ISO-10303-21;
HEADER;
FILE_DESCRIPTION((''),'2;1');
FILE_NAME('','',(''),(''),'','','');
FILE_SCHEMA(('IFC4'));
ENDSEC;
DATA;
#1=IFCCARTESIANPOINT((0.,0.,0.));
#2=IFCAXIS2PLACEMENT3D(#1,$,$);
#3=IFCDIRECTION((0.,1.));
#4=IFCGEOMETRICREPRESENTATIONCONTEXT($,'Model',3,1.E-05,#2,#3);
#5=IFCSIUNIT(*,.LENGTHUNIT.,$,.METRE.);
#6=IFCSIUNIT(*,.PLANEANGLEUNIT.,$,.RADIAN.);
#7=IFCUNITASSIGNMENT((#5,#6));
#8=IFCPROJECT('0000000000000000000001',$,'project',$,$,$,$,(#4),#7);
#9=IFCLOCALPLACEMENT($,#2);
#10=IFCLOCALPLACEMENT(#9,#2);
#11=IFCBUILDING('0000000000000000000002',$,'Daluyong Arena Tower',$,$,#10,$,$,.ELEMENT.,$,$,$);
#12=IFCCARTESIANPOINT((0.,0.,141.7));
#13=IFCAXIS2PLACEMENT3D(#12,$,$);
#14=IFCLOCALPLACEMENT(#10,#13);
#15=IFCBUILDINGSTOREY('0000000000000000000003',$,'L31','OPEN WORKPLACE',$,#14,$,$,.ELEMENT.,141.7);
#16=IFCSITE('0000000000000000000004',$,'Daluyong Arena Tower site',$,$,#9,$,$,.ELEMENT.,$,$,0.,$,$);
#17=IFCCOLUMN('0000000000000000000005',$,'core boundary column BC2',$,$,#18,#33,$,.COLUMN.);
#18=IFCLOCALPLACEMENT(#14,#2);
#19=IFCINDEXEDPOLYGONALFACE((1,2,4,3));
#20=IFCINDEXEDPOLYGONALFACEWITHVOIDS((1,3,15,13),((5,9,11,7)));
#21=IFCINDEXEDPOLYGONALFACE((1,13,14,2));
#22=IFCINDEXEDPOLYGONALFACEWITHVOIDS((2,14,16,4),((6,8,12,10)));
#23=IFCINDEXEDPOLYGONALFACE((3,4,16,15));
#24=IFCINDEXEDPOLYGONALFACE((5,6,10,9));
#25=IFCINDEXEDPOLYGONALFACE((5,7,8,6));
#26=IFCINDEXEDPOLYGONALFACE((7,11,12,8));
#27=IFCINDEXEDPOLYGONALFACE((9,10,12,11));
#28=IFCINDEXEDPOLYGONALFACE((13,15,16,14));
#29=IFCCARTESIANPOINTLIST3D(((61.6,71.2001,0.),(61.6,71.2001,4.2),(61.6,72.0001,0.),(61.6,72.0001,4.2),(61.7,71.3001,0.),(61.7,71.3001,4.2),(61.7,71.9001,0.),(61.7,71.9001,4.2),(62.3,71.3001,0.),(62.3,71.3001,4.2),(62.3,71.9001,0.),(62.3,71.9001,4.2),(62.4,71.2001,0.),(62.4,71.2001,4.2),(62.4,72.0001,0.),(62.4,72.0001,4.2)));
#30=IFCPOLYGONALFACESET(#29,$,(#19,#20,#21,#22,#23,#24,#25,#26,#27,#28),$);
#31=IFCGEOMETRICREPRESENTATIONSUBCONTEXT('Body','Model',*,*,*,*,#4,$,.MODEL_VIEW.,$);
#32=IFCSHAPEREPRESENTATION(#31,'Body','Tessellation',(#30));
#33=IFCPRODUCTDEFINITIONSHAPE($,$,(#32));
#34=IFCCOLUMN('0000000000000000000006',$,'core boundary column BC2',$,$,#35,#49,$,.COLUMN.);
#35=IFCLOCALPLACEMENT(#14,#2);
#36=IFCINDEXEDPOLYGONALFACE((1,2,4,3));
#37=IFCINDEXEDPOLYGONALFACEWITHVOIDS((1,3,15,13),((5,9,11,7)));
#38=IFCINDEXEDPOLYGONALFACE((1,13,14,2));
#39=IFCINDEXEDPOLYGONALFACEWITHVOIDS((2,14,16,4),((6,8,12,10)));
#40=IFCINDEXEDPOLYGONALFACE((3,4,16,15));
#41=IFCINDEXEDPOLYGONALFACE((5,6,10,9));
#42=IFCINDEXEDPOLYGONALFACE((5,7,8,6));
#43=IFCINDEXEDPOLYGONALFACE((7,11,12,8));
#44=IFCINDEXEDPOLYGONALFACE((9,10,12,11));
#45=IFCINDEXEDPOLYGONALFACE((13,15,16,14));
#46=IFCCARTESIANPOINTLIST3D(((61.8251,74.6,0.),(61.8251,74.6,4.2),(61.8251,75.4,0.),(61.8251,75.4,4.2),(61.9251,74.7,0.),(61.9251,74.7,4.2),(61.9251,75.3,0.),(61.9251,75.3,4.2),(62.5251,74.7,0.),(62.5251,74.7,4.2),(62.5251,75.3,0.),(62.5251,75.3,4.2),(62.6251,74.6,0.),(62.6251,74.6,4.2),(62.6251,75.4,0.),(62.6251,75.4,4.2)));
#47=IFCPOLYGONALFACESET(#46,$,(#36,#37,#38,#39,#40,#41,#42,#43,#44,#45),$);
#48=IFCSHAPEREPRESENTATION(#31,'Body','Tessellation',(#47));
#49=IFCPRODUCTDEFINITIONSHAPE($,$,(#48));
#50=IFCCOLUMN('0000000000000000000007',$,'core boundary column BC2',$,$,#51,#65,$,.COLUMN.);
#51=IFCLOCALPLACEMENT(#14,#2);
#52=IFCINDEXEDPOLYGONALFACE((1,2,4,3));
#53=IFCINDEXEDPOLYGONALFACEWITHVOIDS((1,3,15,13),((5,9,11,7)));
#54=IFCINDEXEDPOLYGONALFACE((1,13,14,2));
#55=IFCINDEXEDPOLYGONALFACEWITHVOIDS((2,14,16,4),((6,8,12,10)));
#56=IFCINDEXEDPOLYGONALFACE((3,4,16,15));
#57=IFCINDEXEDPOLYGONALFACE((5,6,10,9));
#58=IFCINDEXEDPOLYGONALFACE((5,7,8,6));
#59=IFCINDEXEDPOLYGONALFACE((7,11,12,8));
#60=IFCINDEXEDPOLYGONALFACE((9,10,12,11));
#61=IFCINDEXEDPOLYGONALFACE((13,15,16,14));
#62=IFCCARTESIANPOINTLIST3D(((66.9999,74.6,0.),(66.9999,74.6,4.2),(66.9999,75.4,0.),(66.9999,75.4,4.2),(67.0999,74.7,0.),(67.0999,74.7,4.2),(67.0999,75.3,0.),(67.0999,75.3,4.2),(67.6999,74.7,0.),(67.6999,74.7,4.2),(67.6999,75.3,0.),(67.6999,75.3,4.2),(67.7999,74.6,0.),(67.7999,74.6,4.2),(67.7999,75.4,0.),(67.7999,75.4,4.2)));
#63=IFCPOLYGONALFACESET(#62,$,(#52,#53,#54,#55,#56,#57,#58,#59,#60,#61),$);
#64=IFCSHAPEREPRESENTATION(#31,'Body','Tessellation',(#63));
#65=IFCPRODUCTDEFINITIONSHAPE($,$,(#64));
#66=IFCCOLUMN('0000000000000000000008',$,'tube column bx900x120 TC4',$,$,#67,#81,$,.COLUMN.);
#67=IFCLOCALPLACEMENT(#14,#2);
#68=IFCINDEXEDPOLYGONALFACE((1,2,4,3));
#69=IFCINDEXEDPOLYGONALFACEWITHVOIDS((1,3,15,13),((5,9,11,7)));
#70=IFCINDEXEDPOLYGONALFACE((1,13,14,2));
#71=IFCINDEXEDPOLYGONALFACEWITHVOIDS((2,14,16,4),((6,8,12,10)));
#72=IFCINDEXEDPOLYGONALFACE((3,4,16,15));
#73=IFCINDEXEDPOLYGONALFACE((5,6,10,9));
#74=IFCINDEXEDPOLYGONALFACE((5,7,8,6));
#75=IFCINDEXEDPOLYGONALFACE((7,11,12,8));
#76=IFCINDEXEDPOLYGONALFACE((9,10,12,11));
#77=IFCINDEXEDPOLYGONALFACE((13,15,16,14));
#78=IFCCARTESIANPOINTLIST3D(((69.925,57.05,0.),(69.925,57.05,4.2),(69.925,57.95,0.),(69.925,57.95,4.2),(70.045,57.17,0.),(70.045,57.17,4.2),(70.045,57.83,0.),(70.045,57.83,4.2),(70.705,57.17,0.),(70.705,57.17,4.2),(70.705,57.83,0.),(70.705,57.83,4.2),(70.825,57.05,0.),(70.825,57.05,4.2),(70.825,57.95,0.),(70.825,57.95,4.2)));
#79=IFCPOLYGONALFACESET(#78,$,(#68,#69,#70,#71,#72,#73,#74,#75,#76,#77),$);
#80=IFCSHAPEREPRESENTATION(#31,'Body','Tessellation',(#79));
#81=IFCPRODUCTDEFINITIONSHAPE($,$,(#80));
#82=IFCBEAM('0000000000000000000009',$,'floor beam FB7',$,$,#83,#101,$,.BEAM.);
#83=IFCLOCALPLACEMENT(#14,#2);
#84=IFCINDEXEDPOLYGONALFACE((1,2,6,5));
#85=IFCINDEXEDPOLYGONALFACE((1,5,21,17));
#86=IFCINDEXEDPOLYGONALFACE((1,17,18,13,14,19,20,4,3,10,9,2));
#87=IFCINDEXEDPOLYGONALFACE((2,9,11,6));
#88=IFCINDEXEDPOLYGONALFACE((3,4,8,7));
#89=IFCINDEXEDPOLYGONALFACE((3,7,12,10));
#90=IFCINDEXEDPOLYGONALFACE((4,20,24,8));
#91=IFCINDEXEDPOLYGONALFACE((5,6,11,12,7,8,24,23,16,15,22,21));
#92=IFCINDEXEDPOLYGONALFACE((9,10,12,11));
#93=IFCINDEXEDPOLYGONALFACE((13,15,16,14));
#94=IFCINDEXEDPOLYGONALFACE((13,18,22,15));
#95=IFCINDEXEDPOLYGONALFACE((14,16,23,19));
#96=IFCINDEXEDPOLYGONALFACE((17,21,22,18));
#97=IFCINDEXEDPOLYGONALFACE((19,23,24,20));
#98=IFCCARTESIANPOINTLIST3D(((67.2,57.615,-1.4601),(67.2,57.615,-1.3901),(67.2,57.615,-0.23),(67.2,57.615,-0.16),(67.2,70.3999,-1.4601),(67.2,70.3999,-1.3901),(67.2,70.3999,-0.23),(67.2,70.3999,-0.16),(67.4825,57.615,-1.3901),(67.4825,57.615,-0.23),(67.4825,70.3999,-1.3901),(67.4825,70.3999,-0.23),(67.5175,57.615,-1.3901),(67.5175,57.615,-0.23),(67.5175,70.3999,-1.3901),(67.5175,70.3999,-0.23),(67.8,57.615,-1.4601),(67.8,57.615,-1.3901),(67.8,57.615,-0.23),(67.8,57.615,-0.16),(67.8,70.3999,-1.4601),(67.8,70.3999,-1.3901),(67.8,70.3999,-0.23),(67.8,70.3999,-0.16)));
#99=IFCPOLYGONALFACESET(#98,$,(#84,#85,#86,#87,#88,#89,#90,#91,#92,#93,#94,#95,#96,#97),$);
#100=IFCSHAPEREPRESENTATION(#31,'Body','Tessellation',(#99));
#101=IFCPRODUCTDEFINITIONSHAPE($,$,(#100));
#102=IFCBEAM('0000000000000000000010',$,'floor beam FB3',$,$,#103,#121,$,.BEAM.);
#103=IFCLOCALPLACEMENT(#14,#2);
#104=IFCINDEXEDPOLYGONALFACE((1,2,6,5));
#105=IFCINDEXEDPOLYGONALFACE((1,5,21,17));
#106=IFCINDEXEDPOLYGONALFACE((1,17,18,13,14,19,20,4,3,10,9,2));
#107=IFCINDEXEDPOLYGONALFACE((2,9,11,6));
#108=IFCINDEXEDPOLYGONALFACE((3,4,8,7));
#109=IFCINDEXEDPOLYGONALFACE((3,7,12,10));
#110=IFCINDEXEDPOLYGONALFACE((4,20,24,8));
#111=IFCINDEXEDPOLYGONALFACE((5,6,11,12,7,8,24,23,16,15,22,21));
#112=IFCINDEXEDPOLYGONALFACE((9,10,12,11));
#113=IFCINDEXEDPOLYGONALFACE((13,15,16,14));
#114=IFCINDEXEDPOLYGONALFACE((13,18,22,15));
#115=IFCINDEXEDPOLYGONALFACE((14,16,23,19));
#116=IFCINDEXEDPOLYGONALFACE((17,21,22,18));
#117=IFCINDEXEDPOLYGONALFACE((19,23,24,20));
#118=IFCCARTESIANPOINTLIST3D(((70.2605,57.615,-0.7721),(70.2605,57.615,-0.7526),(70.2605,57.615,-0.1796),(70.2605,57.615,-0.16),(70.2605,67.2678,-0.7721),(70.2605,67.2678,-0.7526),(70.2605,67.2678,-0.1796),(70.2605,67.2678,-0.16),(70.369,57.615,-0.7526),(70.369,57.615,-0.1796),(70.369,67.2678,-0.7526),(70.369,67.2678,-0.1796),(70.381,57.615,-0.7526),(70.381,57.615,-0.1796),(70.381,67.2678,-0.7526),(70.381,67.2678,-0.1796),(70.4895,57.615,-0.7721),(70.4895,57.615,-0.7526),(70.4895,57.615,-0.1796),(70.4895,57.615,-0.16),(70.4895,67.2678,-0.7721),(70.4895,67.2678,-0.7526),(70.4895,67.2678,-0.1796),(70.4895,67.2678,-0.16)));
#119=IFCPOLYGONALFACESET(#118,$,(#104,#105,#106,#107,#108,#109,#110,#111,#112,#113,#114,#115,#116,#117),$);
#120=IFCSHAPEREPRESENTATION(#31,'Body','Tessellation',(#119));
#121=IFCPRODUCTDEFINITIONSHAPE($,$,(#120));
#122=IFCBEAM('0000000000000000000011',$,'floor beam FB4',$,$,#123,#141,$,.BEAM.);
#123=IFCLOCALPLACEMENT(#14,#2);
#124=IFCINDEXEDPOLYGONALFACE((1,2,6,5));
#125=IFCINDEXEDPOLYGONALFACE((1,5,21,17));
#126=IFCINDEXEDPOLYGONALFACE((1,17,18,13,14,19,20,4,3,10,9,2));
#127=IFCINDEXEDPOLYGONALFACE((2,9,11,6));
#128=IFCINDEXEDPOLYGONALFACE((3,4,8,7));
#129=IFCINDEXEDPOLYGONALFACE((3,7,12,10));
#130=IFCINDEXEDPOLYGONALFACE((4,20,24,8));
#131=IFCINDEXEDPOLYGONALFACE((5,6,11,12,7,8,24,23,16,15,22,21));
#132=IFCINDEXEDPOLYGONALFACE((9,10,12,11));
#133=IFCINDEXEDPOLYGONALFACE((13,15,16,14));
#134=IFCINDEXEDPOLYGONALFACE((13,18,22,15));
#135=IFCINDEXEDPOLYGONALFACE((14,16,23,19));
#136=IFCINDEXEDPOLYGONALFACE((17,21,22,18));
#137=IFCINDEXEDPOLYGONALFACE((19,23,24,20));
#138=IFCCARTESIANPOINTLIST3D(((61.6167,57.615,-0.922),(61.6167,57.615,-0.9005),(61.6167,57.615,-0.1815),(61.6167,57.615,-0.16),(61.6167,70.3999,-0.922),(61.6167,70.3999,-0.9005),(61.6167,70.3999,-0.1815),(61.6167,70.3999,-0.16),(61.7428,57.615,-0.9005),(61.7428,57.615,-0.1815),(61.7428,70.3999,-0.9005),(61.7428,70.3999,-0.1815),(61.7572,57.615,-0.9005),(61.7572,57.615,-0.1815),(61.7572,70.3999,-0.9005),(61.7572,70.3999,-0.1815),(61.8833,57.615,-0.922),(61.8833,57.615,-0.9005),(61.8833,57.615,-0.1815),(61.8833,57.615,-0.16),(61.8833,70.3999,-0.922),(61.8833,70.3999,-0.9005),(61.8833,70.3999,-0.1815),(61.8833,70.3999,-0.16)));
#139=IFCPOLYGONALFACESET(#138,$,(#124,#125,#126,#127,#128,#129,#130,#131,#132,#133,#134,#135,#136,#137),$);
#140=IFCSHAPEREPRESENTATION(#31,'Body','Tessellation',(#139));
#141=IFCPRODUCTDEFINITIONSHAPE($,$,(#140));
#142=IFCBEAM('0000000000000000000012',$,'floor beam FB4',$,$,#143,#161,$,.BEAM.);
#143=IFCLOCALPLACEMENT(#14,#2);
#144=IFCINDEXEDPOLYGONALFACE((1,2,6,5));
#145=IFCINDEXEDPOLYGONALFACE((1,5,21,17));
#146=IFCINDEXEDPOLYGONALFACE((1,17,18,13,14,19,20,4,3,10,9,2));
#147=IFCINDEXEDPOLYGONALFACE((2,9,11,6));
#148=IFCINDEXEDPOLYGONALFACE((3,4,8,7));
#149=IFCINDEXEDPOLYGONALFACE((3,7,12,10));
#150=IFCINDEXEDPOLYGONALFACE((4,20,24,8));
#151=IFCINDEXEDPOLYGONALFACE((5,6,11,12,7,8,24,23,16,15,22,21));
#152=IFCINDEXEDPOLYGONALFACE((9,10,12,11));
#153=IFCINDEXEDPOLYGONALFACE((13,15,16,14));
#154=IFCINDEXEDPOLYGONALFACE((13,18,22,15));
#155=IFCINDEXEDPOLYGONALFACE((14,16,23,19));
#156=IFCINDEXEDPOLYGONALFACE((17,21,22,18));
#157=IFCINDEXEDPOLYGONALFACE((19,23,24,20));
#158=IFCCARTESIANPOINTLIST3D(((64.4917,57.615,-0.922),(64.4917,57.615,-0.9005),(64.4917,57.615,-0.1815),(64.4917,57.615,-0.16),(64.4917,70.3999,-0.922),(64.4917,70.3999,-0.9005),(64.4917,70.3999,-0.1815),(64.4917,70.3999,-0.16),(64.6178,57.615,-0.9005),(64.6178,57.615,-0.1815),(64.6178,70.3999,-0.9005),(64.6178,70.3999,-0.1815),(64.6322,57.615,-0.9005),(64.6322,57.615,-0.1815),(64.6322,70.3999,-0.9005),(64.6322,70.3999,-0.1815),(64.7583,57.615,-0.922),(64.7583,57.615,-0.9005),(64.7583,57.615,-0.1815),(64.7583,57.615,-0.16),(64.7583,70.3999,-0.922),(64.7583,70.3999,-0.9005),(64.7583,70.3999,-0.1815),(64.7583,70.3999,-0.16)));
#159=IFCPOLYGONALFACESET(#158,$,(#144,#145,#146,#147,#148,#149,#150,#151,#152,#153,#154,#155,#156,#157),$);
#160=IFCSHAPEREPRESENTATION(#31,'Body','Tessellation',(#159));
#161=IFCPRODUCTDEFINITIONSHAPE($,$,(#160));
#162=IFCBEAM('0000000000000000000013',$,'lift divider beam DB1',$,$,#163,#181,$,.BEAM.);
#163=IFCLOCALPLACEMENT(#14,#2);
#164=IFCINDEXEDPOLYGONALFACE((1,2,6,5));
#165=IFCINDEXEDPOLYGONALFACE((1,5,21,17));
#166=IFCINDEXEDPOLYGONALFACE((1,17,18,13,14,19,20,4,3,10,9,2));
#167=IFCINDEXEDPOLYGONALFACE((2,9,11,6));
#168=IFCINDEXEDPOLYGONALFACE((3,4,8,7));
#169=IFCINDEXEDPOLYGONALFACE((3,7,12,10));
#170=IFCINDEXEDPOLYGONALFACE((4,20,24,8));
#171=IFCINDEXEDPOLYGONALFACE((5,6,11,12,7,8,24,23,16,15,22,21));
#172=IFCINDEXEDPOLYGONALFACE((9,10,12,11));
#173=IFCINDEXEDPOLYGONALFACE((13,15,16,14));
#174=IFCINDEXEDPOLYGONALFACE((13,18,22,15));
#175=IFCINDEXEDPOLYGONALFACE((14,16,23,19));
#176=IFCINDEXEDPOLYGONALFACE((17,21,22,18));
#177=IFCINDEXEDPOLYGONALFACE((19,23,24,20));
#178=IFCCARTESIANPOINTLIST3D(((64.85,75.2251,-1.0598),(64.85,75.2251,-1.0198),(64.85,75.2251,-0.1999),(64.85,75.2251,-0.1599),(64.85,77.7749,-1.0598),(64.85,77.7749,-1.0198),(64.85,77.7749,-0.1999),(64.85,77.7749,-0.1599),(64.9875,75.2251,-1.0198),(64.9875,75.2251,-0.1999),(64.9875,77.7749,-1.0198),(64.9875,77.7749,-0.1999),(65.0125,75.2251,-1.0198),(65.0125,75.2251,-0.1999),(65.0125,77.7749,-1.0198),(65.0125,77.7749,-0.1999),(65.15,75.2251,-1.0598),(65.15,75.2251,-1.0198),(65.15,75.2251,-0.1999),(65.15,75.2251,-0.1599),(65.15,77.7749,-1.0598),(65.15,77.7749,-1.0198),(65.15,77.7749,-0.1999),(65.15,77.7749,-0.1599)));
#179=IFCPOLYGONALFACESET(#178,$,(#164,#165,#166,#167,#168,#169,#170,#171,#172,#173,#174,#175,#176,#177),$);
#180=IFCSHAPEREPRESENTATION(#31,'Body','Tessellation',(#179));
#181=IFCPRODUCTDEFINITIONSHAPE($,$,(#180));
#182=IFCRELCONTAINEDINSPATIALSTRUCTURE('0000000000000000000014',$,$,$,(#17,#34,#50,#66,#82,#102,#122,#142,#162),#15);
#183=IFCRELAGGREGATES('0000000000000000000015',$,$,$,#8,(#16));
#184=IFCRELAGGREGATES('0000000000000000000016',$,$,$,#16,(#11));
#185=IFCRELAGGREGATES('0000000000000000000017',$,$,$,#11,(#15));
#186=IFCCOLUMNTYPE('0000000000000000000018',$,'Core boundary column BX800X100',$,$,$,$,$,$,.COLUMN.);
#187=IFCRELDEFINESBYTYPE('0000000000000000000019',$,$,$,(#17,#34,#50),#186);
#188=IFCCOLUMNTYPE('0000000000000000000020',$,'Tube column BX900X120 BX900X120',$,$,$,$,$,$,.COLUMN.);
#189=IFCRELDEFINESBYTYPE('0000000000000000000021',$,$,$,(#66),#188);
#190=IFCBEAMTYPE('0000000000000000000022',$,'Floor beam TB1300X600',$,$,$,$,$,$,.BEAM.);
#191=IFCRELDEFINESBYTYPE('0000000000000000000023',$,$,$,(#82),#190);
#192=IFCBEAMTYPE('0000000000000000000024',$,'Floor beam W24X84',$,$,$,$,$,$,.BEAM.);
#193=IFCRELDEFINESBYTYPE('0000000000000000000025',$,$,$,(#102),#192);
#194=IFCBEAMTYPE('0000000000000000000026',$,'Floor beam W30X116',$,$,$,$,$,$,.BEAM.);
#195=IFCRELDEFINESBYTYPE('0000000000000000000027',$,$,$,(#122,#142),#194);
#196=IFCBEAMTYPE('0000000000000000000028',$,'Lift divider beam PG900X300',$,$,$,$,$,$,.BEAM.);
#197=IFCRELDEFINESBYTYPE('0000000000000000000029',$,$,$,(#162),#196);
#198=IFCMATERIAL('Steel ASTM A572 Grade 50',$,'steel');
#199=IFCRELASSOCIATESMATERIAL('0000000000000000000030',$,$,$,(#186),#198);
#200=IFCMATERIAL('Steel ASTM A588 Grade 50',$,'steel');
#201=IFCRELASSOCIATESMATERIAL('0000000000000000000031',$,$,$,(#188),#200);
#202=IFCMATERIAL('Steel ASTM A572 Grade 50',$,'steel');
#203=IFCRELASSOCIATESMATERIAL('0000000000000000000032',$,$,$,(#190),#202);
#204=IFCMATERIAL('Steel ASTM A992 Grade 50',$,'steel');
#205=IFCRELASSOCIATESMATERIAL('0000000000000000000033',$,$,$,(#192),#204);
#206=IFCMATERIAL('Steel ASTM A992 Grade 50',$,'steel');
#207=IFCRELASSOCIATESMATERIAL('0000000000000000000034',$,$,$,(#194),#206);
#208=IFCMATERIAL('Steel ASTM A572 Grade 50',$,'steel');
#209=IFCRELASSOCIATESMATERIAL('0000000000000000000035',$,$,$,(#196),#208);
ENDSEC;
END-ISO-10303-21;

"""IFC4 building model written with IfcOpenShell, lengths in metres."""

from ifc_helpers import new_model, si_unit, direction, frame, origin, origin_2d, place, context, subcontext, project, spatial, hollow_rectangle, i_section, extrude, material, material_profile, profile_set, type_object, element, save


model = new_model("IFC4")

# Units and contexts
model_context = context("Model", 3, precision=1e-05, world=origin(), true_north=direction((0.0, 1.0)))
body_context = subcontext(model_context, "Body", "Model", "MODEL_VIEW")
ifc_project = project(units=[si_unit("LENGTHUNIT", "METRE"), si_unit("PLANEANGLEUNIT", "RADIAN")], contexts=[model_context])

# Site, building, storey
site_placement = place(None, origin())
site = spatial("IfcSite", under=ifc_project, at=site_placement, Name="Daluyong Arena Tower site", CompositionType="ELEMENT", RefElevation=0.0)
building_placement = place(site_placement, origin())
building = spatial("IfcBuilding", under=site, at=building_placement, Name="Daluyong Arena Tower", CompositionType="ELEMENT")
storey_placement = place(building_placement, frame((0.0, 0.0, 141.7)))
storey = spatial("IfcBuildingStorey", under=building, at=storey_placement, Name="L31", Description="OPEN WORKPLACE", CompositionType="ELEMENT", Elevation=141.7)

# Columns
ifc_material_1 = material(Name="Steel ASTM A572 Grade 50", Category="steel")
ifc_material_profile_1 = material_profile(ifc_material_1, hollow_rectangle(XDim=0.8, YDim=0.8, WallThickness=0.1, at=origin_2d()))
ifc_profile_set_1 = profile_set([ifc_material_profile_1], Name="Steel ASTM A572 Grade 50")
column_type_1 = type_object("IfcColumnType", Name="Core boundary column BX800X100", PredefinedType="COLUMN", material=ifc_profile_set_1)
for number, where, z_axis, x_axis, name in (
    (1, (62.0, 71.6001, 0.0), (0.0, 0.0, 1.0), (1.0, 0.0, 0.0), "core boundary column BC2"),
    (2, (62.2251, 75.0, 0.0), (0.0, 0.0, 1.0), (1.0, 0.0, 0.0), "core boundary column BC2"),
    (3, (67.3999, 75.0, 0.0), (0.0, 0.0, 1.0), (1.0, 0.0, 0.0), "core boundary column BC2"),
):
    element("IfcColumn", number, at=place(storey_placement, frame(where, z_axis=z_axis, x_axis=x_axis)), inside=storey, type_object=column_type_1, Name=name, PredefinedType="COLUMN", context=body_context, shape_type="SweptSolid", body=[
        extrude(hollow_rectangle(XDim=0.8, YDim=0.8, WallThickness=0.1, at=origin_2d()), origin(), (0.0, 0.0, 1.0), 4.2),
    ])
ifc_material_2 = material(Name="Steel ASTM A588 Grade 50", Category="steel")
ifc_material_profile_2 = material_profile(ifc_material_2, hollow_rectangle(XDim=0.8999, YDim=0.8999, WallThickness=0.12, at=origin_2d()))
ifc_profile_set_2 = profile_set([ifc_material_profile_2], Name="Steel ASTM A588 Grade 50")
column_type_2 = type_object("IfcColumnType", Name="Tube column BX900X120 BX900X120", PredefinedType="COLUMN", material=ifc_profile_set_2)
column_placement = place(storey_placement, frame((70.375, 57.5, 0.0), z_axis=(0.0, 0.0, 1.0), x_axis=(1.0, 0.0, 0.0)))
element("IfcColumn", 4, at=column_placement, inside=storey, type_object=column_type_2, Name="tube column bx900x120 TC4", PredefinedType="COLUMN", context=body_context, shape_type="SweptSolid", body=[
    extrude(hollow_rectangle(XDim=0.8999, YDim=0.8999, WallThickness=0.12, at=origin_2d()), origin(), (0.0, 0.0, 1.0), 4.2),
])

# Beams
ifc_material_3 = material(Name="Steel ASTM A572 Grade 50", Category="steel")
ifc_material_profile_3 = material_profile(ifc_material_3, i_section(OverallWidth=0.6001, OverallDepth=1.3, WebThickness=0.035, FlangeThickness=0.07, at=origin_2d()))
ifc_profile_set_3 = profile_set([ifc_material_profile_3], Name="Steel ASTM A572 Grade 50")
beam_type_1 = type_object("IfcBeamType", Name="Floor beam TB1300X600", PredefinedType="BEAM", material=ifc_profile_set_3)
beam_1_placement = place(storey_placement, frame((67.5, 57.615, -0.8101), z_axis=(0.0, 1.0, 0.0), x_axis=(-1.0, 0.0, 0.0)))
element("IfcBeam", 5, at=beam_1_placement, inside=storey, type_object=beam_type_1, Name="floor beam FB7", PredefinedType="BEAM", context=body_context, shape_type="SweptSolid", body=[
    extrude(i_section(OverallWidth=0.6001, OverallDepth=1.3, WebThickness=0.035, FlangeThickness=0.07, at=origin_2d()), origin(), (0.0, 0.0, 1.0), 12.7849),
])
ifc_material_4 = material(Name="Steel ASTM A992 Grade 50", Category="steel")
ifc_material_profile_4 = material_profile(ifc_material_4, i_section(OverallWidth=0.229, OverallDepth=0.6121, WebThickness=0.012, FlangeThickness=0.0195, at=origin_2d()))
ifc_profile_set_4 = profile_set([ifc_material_profile_4], Name="Steel ASTM A992 Grade 50")
beam_type_2 = type_object("IfcBeamType", Name="Floor beam W24X84", PredefinedType="BEAM", material=ifc_profile_set_4)
beam_2_placement = place(storey_placement, frame((70.375, 57.615, -0.4661), z_axis=(0.0, 1.0, 0.0), x_axis=(-1.0, 0.0, 0.0)))
element("IfcBeam", 6, at=beam_2_placement, inside=storey, type_object=beam_type_2, Name="floor beam FB3", PredefinedType="BEAM", context=body_context, shape_type="SweptSolid", body=[
    extrude(i_section(OverallWidth=0.229, OverallDepth=0.6121, WebThickness=0.012, FlangeThickness=0.0195, at=origin_2d()), origin(), (0.0, 0.0, 1.0), 9.6528),
])
ifc_material_5 = material(Name="Steel ASTM A992 Grade 50", Category="steel")
ifc_material_profile_5 = material_profile(ifc_material_5, i_section(OverallWidth=0.2666, OverallDepth=0.762, WebThickness=0.0144, FlangeThickness=0.0215, at=origin_2d()))
ifc_profile_set_5 = profile_set([ifc_material_profile_5], Name="Steel ASTM A992 Grade 50")
beam_type_3 = type_object("IfcBeamType", Name="Floor beam W30X116", PredefinedType="BEAM", material=ifc_profile_set_5)
for number, where, z_axis, x_axis, name in (
    (7, (61.75, 57.615, -0.541), (0.0, 1.0, 0.0), (-1.0, 0.0, 0.0), "floor beam FB4"),
    (8, (64.625, 57.615, -0.541), (0.0, 1.0, 0.0), (-1.0, 0.0, 0.0), "floor beam FB4"),
):
    element("IfcBeam", number, at=place(storey_placement, frame(where, z_axis=z_axis, x_axis=x_axis)), inside=storey, type_object=beam_type_3, Name=name, PredefinedType="BEAM", context=body_context, shape_type="SweptSolid", body=[
        extrude(i_section(OverallWidth=0.2666, OverallDepth=0.762, WebThickness=0.0144, FlangeThickness=0.0215, at=origin_2d()), origin(), (0.0, 0.0, 1.0), 12.7849),
    ])
ifc_material_6 = material(Name="Steel ASTM A572 Grade 50", Category="steel")
ifc_material_profile_6 = material_profile(ifc_material_6, i_section(OverallWidth=0.3, OverallDepth=0.8999, WebThickness=0.025, FlangeThickness=0.04, at=origin_2d()))
ifc_profile_set_6 = profile_set([ifc_material_profile_6], Name="Steel ASTM A572 Grade 50")
beam_type_4 = type_object("IfcBeamType", Name="Lift divider beam PG900X300", PredefinedType="BEAM", material=ifc_profile_set_6)
beam_3_placement = place(storey_placement, frame((65.0, 75.2251, -0.6099), z_axis=(0.0, 1.0, 0.0), x_axis=(-1.0, 0.0, 0.0)))
element("IfcBeam", 9, at=beam_3_placement, inside=storey, type_object=beam_type_4, Name="lift divider beam DB1", PredefinedType="BEAM", context=body_context, shape_type="SweptSolid", body=[
    extrude(i_section(OverallWidth=0.3, OverallDepth=0.8999, WebThickness=0.025, FlangeThickness=0.04, at=origin_2d()), origin(), (0.0, 0.0, 1.0), 2.5498),
])

save(model, "model.ifc")
